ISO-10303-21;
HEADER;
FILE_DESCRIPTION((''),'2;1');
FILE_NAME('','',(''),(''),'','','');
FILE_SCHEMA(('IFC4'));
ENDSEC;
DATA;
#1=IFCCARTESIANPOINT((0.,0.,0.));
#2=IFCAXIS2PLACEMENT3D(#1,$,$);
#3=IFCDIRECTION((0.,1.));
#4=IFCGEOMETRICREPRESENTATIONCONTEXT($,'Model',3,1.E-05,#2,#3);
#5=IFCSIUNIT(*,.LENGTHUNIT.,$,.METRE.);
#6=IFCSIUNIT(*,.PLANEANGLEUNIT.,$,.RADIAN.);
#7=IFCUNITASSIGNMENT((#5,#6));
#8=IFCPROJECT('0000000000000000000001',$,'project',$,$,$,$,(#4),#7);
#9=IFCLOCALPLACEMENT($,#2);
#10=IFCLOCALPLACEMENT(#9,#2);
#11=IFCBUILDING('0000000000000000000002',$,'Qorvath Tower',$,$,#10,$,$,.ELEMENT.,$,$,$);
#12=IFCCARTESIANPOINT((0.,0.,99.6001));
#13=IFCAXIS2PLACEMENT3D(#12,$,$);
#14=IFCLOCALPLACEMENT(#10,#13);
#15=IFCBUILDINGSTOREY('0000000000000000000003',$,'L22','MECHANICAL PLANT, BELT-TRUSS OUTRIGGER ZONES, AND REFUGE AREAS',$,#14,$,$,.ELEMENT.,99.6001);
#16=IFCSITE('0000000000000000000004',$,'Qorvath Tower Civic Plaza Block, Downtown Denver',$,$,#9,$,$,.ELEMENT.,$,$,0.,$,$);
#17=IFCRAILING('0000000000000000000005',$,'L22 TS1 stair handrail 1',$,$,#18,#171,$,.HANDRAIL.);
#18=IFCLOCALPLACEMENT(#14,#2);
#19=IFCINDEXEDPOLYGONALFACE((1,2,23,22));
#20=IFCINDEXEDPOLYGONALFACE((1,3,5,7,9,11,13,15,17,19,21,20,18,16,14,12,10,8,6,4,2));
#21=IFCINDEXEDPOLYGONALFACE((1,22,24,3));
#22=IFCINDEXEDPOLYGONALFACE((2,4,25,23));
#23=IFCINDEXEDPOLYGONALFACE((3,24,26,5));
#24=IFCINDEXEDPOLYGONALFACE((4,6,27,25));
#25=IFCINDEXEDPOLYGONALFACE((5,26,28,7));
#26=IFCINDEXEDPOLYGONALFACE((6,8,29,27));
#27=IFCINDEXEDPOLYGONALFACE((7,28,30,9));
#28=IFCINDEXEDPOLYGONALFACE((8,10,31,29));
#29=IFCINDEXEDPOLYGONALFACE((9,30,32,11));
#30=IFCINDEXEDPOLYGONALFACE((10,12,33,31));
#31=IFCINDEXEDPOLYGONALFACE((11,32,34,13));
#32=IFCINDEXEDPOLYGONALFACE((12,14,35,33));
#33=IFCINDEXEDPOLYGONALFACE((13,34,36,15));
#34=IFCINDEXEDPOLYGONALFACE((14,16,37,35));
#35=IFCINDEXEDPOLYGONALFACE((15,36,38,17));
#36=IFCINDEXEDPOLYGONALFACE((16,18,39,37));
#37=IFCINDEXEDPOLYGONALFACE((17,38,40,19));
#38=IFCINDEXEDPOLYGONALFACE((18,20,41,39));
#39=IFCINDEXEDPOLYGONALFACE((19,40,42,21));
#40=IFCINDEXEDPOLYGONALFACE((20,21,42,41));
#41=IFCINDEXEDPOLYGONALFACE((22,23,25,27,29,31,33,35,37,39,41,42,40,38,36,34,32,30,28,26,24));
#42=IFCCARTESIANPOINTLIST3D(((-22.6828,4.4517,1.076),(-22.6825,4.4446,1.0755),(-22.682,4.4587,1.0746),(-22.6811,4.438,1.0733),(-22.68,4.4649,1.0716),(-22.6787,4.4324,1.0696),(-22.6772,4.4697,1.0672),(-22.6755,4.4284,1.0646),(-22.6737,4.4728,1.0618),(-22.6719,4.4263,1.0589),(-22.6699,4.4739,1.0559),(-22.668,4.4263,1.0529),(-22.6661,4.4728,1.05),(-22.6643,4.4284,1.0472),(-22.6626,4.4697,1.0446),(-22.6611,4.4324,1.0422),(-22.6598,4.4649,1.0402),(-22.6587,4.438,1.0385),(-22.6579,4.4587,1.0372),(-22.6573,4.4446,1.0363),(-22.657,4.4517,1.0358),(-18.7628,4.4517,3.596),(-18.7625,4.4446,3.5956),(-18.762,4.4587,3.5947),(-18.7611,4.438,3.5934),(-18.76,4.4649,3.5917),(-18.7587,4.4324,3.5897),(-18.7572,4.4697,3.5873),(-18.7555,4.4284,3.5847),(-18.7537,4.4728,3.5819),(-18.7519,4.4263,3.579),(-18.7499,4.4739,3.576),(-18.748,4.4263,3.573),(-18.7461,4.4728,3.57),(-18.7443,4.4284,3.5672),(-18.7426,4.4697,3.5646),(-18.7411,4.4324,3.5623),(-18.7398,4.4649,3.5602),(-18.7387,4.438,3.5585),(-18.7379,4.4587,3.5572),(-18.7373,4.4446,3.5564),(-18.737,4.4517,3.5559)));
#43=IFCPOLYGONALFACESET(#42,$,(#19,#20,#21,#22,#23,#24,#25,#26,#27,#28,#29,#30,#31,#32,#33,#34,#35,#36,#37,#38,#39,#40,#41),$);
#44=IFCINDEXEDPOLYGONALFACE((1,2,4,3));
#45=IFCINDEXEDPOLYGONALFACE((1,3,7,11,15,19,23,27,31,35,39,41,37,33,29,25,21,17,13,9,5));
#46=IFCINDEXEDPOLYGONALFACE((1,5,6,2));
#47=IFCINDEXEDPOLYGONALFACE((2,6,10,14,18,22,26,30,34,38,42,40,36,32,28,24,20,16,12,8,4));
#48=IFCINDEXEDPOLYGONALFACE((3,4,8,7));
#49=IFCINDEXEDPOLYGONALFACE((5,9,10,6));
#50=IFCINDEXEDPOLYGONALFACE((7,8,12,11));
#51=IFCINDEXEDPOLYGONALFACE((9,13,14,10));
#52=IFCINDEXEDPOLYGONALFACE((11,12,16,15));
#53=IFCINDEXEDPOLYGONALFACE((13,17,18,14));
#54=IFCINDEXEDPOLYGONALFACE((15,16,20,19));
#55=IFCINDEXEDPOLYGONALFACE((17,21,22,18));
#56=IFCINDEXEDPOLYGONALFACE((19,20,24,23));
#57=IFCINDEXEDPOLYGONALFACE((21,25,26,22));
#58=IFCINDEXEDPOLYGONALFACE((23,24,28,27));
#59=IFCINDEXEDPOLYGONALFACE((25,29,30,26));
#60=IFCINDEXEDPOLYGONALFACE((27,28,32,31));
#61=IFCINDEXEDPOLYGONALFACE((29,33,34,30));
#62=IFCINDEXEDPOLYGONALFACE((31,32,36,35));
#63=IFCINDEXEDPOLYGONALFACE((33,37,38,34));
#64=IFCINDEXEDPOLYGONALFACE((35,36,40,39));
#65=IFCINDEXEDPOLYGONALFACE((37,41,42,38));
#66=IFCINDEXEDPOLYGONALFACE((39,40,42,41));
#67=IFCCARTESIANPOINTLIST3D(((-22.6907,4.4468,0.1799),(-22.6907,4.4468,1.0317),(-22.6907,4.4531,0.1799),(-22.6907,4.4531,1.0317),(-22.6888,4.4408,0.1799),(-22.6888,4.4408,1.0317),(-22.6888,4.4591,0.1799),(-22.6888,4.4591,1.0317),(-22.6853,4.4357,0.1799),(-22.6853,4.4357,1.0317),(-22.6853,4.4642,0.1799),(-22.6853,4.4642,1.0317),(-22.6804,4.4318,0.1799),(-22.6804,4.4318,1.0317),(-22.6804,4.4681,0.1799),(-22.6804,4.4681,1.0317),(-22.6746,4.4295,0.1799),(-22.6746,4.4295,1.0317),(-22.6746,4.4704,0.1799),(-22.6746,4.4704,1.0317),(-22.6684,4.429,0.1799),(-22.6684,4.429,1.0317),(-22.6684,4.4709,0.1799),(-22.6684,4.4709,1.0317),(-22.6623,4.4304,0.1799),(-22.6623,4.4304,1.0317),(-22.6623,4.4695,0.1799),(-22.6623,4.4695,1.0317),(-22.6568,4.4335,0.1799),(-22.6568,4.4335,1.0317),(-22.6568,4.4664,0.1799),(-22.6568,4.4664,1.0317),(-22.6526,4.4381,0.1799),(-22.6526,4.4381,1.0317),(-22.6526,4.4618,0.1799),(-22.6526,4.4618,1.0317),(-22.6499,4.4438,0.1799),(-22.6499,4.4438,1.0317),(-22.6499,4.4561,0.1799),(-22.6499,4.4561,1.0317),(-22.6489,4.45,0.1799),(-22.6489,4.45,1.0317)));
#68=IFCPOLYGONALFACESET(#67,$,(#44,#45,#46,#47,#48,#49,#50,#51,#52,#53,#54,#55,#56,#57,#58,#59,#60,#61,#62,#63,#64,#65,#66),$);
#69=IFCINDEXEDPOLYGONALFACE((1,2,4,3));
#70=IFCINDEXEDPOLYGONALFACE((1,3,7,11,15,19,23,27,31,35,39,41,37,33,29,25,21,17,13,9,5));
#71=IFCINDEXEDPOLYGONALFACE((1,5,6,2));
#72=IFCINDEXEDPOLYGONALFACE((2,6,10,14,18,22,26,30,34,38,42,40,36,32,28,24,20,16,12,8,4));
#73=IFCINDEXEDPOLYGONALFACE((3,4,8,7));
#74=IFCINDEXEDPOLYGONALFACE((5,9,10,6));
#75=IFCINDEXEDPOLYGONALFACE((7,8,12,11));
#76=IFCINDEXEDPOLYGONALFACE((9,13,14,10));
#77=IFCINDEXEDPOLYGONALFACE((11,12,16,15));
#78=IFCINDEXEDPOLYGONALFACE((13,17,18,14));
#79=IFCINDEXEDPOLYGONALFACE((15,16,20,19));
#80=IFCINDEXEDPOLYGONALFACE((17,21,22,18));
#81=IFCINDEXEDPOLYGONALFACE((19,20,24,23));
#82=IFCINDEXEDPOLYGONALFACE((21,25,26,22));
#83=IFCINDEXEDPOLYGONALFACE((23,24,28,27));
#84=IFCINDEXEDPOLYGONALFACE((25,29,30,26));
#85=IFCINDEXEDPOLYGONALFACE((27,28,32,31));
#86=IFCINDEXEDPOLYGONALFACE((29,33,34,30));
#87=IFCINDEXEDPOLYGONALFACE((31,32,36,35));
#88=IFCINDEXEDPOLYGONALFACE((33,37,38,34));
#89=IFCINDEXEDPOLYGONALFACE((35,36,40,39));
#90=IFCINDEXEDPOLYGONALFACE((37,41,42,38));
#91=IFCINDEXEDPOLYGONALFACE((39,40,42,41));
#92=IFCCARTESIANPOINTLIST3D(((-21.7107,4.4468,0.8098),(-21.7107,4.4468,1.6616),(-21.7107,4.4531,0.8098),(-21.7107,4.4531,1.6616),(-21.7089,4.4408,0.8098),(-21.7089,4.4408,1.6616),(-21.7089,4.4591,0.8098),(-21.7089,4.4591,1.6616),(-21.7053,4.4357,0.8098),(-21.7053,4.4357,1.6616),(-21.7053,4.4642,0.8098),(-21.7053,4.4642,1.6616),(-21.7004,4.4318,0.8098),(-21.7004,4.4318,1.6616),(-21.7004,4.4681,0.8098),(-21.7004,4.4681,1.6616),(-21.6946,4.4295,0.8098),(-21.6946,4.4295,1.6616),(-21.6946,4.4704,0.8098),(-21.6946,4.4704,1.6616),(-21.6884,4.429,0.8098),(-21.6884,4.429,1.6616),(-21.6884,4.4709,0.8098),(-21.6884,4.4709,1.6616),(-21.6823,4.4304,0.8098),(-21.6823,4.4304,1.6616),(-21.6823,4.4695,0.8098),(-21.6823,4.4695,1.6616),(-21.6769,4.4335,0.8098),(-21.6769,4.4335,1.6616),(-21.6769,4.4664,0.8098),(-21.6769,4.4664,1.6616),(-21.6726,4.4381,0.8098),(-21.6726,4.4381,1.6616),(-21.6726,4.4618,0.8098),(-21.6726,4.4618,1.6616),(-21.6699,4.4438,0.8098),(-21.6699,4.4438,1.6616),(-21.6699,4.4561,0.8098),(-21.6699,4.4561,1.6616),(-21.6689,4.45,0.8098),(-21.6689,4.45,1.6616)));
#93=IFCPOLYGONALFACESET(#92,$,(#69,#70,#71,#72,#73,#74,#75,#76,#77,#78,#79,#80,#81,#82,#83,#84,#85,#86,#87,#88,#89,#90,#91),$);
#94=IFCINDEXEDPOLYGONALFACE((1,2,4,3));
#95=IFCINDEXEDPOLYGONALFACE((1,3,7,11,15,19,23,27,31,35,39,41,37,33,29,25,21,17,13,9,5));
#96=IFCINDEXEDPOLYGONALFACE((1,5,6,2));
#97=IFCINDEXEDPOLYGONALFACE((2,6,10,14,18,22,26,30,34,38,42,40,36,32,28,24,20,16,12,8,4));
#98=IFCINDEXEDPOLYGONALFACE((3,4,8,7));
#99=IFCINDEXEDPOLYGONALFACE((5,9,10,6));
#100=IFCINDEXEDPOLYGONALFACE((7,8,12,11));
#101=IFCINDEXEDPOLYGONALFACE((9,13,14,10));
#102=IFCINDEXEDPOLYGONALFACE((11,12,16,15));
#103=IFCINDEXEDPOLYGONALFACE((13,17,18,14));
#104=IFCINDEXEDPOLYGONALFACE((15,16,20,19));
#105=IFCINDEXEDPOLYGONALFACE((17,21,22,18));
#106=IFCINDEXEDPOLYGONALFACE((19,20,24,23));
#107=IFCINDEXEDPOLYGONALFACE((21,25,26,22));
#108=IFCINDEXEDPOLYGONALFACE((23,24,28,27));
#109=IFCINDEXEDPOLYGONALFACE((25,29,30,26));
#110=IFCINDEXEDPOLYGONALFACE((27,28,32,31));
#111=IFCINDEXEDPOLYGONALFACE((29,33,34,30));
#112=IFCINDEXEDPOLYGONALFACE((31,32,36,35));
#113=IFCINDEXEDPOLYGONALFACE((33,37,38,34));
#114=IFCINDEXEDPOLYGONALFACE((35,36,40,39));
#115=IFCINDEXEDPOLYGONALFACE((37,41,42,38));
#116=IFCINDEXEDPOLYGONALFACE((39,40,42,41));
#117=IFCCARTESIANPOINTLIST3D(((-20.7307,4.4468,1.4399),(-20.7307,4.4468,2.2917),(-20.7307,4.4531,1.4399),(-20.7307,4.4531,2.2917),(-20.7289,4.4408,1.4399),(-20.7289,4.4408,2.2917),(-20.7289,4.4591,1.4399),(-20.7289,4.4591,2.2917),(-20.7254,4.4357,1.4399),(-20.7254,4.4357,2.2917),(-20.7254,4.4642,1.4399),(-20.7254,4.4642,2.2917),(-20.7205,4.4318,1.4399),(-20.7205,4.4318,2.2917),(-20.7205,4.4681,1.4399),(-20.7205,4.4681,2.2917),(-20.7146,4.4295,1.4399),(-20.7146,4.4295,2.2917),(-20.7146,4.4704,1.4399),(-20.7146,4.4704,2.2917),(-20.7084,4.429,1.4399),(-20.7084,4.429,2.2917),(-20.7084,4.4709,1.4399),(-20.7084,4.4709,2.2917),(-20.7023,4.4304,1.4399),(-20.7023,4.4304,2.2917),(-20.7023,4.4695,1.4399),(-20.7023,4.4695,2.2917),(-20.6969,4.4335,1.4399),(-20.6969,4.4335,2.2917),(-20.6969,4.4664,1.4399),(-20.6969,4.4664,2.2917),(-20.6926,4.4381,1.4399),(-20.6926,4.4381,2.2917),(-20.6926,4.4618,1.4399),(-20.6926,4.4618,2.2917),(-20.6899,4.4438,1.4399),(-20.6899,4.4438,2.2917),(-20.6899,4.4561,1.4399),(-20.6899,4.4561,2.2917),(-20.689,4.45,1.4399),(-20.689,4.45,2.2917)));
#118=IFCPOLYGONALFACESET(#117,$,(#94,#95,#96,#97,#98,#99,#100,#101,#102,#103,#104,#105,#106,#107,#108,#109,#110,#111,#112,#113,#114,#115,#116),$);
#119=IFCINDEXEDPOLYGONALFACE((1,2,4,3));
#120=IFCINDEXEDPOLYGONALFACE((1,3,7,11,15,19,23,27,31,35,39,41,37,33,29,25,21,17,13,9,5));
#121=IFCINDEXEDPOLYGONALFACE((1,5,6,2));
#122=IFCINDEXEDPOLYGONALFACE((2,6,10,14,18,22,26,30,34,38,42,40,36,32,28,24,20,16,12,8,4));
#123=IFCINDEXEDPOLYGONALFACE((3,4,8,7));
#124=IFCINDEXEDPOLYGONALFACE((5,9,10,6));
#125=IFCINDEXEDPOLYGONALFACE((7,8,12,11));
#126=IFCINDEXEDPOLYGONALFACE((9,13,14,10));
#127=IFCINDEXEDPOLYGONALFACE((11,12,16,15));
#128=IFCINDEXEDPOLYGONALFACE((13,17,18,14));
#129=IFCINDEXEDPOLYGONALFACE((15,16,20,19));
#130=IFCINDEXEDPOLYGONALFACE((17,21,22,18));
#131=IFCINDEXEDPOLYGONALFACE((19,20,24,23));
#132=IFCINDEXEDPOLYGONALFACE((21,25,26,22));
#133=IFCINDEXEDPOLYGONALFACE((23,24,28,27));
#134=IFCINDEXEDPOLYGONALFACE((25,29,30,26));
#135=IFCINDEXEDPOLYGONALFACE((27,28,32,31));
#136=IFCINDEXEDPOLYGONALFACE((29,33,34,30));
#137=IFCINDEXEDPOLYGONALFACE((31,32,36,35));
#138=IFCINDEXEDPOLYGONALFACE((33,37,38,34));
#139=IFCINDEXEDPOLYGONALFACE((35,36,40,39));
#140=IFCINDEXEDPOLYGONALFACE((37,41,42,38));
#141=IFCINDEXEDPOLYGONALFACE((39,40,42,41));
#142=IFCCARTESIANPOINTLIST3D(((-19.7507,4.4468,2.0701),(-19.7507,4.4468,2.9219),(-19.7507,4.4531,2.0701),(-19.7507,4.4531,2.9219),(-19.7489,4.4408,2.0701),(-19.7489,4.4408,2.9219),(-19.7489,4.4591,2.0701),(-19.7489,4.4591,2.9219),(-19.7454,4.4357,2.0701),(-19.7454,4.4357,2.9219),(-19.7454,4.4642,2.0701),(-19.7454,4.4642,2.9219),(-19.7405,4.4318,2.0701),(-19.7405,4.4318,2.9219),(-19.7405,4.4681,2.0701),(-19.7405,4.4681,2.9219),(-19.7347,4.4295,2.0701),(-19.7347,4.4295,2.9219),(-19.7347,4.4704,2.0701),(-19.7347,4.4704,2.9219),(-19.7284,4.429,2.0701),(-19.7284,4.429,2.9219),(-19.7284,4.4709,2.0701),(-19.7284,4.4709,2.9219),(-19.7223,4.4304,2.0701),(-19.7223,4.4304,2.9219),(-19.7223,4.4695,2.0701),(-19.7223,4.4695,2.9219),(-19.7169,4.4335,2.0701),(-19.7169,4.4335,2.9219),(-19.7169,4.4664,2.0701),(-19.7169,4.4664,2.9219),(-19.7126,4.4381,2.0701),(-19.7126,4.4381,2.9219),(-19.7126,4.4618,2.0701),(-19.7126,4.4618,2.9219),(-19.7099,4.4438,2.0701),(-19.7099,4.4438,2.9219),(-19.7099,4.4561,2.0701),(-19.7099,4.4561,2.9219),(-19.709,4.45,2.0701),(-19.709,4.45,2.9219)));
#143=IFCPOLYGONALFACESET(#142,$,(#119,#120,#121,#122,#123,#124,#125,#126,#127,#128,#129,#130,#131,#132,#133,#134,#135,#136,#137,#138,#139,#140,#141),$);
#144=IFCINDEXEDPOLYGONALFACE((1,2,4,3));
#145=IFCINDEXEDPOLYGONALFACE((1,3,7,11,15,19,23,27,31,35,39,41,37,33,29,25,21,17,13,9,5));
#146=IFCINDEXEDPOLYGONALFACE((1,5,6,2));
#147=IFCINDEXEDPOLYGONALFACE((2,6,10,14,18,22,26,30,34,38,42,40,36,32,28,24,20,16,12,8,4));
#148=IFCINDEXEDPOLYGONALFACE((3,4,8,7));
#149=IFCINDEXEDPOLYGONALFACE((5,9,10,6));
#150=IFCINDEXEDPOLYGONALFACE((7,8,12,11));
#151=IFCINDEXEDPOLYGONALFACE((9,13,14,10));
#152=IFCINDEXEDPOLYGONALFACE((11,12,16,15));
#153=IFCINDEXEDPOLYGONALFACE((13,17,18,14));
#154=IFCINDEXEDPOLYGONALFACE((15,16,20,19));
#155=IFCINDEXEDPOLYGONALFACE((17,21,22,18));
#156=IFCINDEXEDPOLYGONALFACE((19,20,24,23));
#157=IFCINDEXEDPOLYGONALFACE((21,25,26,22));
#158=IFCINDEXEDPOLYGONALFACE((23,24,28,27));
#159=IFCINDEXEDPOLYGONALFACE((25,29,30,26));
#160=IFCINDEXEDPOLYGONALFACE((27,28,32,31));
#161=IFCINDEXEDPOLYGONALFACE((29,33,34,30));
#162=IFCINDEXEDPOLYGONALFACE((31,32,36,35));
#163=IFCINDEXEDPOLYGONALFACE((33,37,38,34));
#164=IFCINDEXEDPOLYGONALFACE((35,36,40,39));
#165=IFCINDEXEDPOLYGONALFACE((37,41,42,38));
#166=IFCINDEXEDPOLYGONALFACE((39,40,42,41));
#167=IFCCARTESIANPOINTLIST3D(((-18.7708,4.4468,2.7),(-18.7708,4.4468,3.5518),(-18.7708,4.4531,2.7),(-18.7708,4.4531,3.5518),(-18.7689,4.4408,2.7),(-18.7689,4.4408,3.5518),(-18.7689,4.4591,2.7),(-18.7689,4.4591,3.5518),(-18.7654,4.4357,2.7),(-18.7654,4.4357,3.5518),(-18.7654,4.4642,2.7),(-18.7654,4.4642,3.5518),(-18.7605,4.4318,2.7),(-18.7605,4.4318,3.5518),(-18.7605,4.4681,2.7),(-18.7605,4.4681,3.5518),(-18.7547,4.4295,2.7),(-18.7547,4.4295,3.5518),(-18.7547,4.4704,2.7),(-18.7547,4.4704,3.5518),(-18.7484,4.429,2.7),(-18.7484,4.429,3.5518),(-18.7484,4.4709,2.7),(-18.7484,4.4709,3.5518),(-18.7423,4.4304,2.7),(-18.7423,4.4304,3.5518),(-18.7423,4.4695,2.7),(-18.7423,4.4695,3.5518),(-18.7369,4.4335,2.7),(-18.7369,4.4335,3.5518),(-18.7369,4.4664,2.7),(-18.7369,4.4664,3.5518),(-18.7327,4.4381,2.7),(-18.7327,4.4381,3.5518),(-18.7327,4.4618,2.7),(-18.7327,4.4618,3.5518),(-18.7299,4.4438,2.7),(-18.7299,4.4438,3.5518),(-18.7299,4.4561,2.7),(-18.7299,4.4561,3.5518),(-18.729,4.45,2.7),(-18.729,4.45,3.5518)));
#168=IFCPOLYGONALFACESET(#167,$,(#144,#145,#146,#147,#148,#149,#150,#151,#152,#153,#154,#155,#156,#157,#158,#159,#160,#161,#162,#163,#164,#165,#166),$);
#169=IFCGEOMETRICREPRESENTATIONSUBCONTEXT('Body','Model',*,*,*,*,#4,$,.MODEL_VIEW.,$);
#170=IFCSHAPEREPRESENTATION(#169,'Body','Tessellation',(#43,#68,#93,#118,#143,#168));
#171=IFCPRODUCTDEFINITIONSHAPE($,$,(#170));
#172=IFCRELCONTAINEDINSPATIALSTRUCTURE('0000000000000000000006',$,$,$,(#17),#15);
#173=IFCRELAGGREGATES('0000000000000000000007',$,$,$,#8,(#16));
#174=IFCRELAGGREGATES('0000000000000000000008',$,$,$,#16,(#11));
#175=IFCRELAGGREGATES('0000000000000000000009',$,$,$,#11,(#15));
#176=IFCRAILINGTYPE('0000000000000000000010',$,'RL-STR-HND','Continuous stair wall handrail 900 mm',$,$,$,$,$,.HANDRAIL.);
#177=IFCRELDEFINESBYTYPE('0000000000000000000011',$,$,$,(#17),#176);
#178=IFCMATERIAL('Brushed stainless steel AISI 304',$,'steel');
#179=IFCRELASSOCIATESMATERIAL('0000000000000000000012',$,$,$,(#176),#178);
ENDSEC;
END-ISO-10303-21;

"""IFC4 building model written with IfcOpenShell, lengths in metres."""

from ifc_helpers import new_model, si_unit, direction, frame, origin, origin_2d, place, context, subcontext, project, spatial, circle, extrude, material, type_object, element, save


model = new_model("IFC4")

# Units and contexts
model_context = context("Model", 3, precision=1e-05, world=origin(), true_north=direction((0.0, 1.0)))
body_context = subcontext(model_context, "Body", "Model", "MODEL_VIEW")
ifc_project = project(units=[si_unit("LENGTHUNIT", "METRE"), si_unit("PLANEANGLEUNIT", "RADIAN")], contexts=[model_context])

# Site, building, storey
site_placement = place(None, origin())
site = spatial("IfcSite", under=ifc_project, at=site_placement, Name="Qorvath Tower Civic Plaza Block, Downtown Denver", CompositionType="ELEMENT", RefElevation=0.0)
building_placement = place(site_placement, origin())
building = spatial("IfcBuilding", under=site, at=building_placement, Name="Qorvath Tower", CompositionType="ELEMENT")
storey_placement = place(building_placement, frame((0.0, 0.0, 99.6001)))
storey = spatial("IfcBuildingStorey", under=building, at=storey_placement, Name="L22", Description="MECHANICAL PLANT, BELT-TRUSS OUTRIGGER ZONES, AND REFUGE AREAS", CompositionType="ELEMENT", Elevation=99.6001)

# Railing
ifc_material_1 = material(Name="Brushed stainless steel AISI 304", Category="steel")
railing_type_1 = type_object("IfcRailingType", Name="RL-STR-HND", Description="Continuous stair wall handrail 900 mm", PredefinedType="HANDRAIL", material=ifc_material_1)
railing_1_placement = place(storey_placement, frame((-22.6699, 4.45, 0.1799)))
element("IfcRailing", 1, at=railing_1_placement, inside=storey, type_object=railing_type_1, Name="L22 TS1 stair handrail 1", PredefinedType="HANDRAIL", context=body_context, shape_type="SweptSolid", body=[
    extrude(circle(Radius=0.0239, at=origin_2d()), frame((0.0, 0.0, 0.876), z_axis=(0.841172, 0.0, 0.540768), x_axis=(0.0, 1.0, 0.0)), (0.0, 0.0, 1.0), 4.6602),
    extrude(circle(Radius=0.021, at=origin_2d()), origin(), (0.0, 0.0, 1.0), 0.8518),
    extrude(circle(Radius=0.021, at=origin_2d()), frame((0.98, 0.0, 0.6299)), (0.0, 0.0, 1.0), 0.8518),
    extrude(circle(Radius=0.021, at=origin_2d()), frame((1.96, 0.0, 1.26)), (0.0, 0.0, 1.0), 0.8518),
    extrude(circle(Radius=0.021, at=origin_2d()), frame((2.9399, 0.0, 1.8901)), (0.0, 0.0, 1.0), 0.8518),
    extrude(circle(Radius=0.021, at=origin_2d()), frame((3.9199, 0.0, 2.52)), (0.0, 0.0, 1.0), 0.8518),
])

save(model, "model.ifc")
